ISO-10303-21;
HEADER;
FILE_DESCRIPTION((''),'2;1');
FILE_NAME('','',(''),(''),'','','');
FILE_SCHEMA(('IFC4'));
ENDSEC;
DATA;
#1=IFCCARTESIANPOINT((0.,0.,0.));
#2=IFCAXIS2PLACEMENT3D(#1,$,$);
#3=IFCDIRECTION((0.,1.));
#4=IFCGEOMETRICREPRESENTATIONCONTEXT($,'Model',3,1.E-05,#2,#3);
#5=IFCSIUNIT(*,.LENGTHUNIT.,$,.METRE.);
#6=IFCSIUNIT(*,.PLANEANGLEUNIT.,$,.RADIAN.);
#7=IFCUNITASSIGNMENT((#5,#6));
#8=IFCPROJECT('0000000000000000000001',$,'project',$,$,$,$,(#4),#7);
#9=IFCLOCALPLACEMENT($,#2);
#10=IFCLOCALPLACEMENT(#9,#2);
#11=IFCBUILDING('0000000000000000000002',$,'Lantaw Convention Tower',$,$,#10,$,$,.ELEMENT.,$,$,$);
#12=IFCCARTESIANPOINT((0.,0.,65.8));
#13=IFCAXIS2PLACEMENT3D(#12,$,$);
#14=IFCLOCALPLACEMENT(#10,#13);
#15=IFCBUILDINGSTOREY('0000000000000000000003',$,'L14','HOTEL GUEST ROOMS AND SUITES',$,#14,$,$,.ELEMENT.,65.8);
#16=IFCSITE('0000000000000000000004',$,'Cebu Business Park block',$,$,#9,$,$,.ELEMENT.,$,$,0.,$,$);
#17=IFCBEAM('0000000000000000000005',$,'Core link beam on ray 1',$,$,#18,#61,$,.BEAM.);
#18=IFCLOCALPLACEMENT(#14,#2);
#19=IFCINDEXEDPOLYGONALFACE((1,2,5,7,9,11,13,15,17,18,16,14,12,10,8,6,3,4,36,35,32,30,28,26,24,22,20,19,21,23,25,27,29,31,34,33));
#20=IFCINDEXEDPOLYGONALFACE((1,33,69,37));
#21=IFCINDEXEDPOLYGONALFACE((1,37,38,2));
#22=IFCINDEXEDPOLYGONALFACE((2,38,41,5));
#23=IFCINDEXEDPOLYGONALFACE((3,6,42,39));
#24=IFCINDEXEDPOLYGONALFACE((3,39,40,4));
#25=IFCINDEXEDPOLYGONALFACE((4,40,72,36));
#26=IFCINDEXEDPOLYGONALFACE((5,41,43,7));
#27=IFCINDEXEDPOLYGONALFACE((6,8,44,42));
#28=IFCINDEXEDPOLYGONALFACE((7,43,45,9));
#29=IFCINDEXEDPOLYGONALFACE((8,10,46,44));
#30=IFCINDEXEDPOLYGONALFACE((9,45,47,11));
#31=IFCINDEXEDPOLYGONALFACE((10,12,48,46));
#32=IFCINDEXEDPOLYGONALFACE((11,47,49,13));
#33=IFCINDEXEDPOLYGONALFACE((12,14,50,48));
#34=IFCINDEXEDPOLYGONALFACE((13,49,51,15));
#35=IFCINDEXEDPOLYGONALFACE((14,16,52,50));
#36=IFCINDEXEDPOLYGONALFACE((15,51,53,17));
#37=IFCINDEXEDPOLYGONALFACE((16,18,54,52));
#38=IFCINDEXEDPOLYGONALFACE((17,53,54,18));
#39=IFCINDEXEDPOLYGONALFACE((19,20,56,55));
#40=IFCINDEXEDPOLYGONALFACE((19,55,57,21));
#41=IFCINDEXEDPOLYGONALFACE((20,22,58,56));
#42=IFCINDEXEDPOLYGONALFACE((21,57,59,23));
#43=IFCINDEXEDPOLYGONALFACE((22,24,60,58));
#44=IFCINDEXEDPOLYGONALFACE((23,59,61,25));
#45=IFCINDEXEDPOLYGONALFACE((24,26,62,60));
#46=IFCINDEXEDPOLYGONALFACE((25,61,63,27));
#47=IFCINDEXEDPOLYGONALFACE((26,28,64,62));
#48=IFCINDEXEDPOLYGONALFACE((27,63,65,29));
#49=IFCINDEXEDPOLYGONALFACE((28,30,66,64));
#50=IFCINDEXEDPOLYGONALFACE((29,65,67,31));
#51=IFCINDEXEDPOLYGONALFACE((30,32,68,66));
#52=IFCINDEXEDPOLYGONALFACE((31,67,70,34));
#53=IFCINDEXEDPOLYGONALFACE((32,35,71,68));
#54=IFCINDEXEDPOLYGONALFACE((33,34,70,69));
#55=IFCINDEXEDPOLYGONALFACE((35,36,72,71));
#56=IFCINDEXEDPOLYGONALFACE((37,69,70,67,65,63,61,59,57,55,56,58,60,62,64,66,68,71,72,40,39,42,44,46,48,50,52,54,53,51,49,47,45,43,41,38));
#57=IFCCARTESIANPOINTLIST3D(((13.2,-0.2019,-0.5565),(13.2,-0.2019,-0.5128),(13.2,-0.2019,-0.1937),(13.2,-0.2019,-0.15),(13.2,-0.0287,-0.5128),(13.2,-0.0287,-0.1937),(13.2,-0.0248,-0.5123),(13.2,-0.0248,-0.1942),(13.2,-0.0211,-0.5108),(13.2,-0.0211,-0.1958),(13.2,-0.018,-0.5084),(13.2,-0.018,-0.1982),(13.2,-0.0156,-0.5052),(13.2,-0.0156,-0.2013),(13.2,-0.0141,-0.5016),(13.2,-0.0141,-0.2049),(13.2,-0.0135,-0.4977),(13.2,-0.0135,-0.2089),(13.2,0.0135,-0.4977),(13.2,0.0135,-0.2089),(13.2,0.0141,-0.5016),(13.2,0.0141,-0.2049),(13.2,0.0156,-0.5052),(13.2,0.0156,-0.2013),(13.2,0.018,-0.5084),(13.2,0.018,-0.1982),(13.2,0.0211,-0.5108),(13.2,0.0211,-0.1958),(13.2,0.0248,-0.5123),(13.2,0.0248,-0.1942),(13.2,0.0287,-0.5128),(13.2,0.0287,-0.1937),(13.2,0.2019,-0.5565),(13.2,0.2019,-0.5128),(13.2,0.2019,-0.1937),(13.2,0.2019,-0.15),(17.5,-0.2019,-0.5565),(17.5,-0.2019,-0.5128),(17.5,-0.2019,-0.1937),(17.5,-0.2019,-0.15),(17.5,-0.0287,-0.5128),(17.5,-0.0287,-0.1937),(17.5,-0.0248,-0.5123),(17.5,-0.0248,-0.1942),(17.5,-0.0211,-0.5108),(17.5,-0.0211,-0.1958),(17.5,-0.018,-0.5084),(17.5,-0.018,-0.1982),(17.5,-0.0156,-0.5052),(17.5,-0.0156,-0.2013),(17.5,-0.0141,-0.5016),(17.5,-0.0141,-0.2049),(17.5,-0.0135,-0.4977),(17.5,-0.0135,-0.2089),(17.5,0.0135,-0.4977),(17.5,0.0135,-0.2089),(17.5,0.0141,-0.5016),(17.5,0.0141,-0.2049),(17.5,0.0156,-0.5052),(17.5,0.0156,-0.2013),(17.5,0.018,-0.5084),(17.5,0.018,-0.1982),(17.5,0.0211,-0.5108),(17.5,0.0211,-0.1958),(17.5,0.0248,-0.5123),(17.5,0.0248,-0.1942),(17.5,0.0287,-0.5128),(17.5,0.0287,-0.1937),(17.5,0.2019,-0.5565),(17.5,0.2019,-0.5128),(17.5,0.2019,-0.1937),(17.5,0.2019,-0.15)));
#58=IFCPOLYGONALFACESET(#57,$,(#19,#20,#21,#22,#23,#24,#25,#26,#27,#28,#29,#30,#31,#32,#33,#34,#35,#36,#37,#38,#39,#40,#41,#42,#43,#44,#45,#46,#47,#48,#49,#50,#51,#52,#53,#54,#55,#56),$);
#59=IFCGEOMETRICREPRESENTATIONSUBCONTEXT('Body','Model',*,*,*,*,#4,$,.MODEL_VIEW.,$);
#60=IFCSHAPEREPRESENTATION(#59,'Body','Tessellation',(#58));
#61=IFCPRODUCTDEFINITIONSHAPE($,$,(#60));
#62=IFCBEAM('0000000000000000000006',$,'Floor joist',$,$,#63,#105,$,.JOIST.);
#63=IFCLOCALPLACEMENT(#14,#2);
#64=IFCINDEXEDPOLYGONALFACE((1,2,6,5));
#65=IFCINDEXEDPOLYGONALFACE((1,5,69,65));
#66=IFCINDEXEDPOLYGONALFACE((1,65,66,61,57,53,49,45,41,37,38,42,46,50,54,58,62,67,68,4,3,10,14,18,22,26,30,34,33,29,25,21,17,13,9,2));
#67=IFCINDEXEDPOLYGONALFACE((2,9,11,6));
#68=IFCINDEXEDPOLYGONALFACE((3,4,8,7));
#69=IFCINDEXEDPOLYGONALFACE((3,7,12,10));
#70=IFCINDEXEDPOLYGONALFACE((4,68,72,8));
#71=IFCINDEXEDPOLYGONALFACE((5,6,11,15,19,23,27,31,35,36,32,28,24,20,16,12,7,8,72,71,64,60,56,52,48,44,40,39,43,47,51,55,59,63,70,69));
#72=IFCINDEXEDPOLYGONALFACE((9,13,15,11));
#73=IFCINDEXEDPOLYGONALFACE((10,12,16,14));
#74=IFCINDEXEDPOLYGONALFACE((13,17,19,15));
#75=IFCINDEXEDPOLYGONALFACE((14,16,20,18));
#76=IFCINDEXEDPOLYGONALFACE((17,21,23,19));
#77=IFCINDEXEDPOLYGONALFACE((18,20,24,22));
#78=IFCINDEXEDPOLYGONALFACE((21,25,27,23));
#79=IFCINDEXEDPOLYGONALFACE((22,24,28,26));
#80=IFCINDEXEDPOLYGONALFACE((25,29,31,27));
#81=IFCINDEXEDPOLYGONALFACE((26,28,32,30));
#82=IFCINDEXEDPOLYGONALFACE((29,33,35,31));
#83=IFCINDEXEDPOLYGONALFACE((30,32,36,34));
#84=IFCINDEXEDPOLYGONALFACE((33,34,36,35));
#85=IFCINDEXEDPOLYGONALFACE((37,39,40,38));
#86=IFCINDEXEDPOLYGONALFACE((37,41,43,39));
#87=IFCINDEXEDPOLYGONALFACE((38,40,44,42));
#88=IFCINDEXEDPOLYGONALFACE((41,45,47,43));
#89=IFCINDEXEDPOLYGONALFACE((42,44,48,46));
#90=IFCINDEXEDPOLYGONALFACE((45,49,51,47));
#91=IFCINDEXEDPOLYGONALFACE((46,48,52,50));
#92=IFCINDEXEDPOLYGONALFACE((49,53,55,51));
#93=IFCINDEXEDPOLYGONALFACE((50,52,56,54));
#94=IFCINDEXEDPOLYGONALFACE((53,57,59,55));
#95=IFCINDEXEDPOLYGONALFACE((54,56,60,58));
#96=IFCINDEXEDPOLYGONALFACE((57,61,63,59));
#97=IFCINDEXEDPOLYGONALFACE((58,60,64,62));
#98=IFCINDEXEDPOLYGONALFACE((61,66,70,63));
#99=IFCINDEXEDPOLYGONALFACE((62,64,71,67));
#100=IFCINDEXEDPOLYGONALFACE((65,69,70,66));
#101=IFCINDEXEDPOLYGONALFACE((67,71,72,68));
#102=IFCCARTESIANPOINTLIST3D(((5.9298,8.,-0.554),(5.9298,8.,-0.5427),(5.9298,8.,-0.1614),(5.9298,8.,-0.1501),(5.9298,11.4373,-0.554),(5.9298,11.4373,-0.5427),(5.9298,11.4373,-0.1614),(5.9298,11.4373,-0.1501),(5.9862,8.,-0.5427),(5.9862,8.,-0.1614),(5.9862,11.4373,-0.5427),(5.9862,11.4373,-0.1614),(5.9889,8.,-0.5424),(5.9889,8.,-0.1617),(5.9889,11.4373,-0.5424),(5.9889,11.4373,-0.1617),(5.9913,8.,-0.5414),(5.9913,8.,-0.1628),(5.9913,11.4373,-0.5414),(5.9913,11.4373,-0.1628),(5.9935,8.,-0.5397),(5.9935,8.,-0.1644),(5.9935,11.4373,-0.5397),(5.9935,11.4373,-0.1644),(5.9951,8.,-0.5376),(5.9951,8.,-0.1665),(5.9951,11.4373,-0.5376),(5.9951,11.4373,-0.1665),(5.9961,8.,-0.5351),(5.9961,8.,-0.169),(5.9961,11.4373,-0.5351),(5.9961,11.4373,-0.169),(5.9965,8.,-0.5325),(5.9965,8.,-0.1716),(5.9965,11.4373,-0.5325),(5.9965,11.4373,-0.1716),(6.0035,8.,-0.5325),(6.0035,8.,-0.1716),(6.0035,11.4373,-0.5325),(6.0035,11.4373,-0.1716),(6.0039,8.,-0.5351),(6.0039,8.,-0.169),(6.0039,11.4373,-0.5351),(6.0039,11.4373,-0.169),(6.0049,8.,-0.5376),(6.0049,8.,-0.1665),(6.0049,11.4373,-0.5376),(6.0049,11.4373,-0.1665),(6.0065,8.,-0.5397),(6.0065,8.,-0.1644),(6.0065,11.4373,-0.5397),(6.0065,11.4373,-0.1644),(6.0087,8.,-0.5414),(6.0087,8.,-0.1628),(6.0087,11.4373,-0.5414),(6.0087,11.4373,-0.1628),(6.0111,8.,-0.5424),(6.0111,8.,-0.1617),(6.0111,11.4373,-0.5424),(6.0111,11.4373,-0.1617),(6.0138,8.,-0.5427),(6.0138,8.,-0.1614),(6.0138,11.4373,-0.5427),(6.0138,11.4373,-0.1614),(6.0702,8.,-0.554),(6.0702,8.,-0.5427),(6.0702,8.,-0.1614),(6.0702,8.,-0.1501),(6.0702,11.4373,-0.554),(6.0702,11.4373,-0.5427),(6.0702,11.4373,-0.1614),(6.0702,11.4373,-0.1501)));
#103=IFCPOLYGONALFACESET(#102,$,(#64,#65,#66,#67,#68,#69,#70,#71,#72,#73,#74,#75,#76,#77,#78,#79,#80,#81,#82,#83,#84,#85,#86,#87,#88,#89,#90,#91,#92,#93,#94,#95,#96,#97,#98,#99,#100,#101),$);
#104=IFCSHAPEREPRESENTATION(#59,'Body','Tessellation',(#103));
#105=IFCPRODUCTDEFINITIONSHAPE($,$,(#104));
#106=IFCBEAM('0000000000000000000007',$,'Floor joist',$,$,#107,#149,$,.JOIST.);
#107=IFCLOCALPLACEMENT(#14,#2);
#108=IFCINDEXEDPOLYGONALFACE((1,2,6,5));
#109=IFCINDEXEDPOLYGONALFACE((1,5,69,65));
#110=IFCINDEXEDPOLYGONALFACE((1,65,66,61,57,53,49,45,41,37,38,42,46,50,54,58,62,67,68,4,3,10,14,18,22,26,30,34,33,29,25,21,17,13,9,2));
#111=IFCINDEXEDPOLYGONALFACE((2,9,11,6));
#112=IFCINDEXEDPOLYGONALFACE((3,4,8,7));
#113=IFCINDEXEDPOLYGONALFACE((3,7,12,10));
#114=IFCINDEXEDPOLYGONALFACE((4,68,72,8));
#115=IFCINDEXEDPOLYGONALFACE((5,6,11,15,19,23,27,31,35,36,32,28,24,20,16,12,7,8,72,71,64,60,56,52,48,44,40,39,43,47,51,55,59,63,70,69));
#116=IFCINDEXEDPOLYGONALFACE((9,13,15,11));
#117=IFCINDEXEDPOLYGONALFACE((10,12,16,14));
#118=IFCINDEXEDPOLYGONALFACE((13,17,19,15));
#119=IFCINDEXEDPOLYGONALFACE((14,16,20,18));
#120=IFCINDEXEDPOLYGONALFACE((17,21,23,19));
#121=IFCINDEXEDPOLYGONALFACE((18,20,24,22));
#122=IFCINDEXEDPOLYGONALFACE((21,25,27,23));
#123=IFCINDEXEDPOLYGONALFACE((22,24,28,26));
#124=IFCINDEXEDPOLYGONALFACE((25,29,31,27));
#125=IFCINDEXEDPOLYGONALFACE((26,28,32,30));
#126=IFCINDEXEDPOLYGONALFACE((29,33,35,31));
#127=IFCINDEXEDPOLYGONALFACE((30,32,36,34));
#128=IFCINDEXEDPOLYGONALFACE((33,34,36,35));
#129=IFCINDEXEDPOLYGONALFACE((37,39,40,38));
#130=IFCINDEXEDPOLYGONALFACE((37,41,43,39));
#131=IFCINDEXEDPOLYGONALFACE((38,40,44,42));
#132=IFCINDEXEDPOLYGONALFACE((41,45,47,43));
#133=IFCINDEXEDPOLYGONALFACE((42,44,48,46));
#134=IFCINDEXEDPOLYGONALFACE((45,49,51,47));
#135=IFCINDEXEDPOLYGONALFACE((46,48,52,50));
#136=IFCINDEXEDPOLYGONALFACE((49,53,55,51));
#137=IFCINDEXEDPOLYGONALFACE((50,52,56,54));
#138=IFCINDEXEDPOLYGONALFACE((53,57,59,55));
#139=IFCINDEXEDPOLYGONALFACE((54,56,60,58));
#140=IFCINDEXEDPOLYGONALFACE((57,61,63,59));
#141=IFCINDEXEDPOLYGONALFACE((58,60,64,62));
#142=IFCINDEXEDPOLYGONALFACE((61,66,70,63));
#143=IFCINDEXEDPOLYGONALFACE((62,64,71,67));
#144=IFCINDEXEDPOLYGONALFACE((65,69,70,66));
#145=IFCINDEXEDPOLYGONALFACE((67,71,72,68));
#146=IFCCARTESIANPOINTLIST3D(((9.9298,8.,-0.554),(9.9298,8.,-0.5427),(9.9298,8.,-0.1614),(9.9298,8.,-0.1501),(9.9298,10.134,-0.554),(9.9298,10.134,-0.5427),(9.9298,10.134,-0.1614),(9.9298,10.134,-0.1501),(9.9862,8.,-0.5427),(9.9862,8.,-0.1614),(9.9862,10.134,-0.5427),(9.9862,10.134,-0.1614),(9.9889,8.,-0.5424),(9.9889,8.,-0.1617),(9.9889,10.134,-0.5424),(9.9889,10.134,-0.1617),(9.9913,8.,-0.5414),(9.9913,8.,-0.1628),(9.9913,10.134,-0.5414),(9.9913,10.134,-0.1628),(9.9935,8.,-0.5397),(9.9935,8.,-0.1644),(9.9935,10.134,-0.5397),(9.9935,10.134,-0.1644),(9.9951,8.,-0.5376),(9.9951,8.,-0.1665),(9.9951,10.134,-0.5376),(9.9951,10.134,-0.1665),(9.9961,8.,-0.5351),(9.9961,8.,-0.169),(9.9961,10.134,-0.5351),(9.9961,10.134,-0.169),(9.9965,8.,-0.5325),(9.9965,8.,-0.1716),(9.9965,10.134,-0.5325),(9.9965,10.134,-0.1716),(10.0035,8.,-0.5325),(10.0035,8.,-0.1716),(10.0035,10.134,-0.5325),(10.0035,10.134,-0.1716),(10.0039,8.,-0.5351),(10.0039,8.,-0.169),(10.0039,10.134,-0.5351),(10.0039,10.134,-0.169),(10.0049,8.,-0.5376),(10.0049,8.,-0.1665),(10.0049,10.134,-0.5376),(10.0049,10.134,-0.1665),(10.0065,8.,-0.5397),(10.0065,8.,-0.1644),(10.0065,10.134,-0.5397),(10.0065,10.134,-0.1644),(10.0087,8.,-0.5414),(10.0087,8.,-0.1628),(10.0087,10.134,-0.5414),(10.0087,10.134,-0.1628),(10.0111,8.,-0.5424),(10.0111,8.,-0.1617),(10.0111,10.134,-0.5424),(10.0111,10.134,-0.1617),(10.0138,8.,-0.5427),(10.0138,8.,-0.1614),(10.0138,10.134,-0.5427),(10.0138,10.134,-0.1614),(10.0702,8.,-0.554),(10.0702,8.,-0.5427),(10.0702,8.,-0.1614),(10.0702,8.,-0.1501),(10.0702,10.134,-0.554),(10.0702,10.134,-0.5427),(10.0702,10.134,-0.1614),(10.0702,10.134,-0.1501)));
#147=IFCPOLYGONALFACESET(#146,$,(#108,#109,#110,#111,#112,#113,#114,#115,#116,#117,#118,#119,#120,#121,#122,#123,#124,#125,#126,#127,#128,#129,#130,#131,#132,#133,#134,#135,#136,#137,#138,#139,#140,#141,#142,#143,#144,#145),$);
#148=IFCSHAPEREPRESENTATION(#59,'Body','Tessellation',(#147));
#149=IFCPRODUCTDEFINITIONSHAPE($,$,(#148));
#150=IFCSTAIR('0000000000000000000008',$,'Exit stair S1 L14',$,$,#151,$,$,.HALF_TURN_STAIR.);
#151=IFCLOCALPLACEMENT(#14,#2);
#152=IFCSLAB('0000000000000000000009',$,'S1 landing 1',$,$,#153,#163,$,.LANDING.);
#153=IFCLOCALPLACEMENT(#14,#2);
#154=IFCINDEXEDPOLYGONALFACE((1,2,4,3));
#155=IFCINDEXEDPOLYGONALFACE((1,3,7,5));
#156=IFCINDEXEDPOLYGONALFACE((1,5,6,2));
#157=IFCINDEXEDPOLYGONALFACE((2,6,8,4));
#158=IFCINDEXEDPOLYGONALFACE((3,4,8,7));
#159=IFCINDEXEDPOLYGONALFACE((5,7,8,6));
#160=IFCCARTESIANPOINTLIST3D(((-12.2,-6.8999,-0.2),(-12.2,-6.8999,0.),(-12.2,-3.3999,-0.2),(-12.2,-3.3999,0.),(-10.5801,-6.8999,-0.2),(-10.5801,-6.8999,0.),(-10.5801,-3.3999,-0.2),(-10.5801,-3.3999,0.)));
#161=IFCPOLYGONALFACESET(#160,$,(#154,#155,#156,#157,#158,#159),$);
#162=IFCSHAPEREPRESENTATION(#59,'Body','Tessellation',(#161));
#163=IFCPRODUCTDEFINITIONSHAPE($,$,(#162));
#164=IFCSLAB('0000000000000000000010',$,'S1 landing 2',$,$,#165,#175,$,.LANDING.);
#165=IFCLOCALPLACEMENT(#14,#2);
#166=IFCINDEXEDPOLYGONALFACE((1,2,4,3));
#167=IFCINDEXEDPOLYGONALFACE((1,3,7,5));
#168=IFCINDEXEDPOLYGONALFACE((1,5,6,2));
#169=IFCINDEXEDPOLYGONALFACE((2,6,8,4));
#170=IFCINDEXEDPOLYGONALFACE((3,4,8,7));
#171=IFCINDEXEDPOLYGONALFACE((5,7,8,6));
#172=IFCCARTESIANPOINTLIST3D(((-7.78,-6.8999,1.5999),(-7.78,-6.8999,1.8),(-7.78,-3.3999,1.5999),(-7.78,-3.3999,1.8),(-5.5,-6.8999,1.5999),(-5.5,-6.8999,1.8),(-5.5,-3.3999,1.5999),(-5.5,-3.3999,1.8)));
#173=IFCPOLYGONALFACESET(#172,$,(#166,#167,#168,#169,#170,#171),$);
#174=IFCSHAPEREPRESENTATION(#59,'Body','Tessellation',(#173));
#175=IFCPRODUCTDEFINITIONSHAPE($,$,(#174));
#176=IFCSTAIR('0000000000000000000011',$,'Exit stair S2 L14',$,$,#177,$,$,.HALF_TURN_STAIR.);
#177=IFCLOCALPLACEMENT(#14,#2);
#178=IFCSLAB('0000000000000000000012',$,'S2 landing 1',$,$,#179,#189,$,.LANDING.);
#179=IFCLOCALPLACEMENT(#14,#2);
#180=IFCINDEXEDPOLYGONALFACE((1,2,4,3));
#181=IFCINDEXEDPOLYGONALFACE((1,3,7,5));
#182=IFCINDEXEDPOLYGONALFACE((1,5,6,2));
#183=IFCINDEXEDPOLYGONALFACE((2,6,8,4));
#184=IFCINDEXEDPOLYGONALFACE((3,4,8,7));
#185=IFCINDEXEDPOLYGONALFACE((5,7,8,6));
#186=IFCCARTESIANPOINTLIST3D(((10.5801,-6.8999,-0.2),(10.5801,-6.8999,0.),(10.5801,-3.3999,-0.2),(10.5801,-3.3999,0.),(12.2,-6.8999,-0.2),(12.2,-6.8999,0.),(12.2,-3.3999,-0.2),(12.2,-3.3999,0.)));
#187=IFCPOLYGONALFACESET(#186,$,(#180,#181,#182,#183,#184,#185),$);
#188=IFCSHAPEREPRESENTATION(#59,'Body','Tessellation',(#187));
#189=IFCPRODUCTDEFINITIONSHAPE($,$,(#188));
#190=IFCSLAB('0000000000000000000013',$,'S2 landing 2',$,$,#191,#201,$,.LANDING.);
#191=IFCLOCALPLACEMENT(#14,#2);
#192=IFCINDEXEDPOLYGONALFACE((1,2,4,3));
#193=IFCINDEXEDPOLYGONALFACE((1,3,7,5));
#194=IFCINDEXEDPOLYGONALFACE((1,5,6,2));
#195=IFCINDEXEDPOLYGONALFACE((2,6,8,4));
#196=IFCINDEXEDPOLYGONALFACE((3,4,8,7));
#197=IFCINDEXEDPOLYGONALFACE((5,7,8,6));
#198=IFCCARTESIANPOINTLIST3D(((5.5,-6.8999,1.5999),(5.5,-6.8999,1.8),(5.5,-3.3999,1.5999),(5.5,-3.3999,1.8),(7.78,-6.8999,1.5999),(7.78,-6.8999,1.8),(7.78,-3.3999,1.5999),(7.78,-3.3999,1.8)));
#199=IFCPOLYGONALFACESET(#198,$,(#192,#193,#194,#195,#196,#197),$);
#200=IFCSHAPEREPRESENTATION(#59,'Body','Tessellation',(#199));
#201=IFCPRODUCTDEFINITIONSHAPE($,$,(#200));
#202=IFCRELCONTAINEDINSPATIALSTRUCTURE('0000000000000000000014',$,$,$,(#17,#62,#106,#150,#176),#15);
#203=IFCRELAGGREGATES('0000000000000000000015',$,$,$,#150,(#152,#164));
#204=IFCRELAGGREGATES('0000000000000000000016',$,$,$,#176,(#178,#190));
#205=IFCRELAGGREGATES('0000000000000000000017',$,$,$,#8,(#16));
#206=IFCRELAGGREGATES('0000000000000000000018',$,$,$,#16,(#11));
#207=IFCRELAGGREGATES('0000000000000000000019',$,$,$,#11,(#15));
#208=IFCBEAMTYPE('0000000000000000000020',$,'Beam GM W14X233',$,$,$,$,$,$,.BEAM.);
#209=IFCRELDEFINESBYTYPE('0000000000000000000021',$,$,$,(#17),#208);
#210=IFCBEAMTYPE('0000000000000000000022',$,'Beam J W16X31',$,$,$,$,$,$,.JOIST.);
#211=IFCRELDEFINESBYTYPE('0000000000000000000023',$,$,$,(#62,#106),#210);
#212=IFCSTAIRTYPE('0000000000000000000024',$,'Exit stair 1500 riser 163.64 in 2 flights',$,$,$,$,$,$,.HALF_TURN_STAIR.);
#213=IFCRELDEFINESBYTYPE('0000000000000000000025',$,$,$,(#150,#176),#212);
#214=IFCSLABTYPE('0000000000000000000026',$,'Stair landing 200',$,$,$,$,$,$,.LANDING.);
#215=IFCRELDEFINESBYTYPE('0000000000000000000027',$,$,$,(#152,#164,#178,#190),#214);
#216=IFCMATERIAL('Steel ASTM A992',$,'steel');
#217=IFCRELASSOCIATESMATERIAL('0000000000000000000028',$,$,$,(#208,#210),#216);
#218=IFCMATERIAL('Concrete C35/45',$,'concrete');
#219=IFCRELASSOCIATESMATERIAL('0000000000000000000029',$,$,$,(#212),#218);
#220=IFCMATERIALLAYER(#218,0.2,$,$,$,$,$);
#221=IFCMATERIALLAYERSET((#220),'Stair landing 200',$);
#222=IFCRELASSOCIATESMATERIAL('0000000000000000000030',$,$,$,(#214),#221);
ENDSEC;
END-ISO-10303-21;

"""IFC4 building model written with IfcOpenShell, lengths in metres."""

from ifc_helpers import new_model, si_unit, direction, frame, origin, origin_2d, place, context, subcontext, project, spatial, polyline, i_section, outline, extrude, material, layer, layer_set, material_profile, profile_set, type_object, element, aggregate, save


model = new_model("IFC4")

# Units and contexts
model_context = context("Model", 3, precision=1e-05, world=origin(), true_north=direction((0.0, 1.0)))
body_context = subcontext(model_context, "Body", "Model", "MODEL_VIEW")
ifc_project = project(units=[si_unit("LENGTHUNIT", "METRE"), si_unit("PLANEANGLEUNIT", "RADIAN")], contexts=[model_context])

# Site, building, storey
site_placement = place(None, origin())
site = spatial("IfcSite", under=ifc_project, at=site_placement, Name="Cebu Business Park block", CompositionType="ELEMENT", RefElevation=0.0)
building_placement = place(site_placement, origin())
building = spatial("IfcBuilding", under=site, at=building_placement, Name="Lantaw Convention Tower", CompositionType="ELEMENT")
storey_placement = place(building_placement, frame((0.0, 0.0, 65.8)))
storey = spatial("IfcBuildingStorey", under=building, at=storey_placement, Name="L14", Description="HOTEL GUEST ROOMS AND SUITES", CompositionType="ELEMENT", Elevation=65.8)

# Beams
ifc_material_1 = material(Name="Steel ASTM A992", Category="steel")
ifc_material_profile_1 = material_profile(ifc_material_1, i_section(OverallWidth=0.4038, OverallDepth=0.4065, WebThickness=0.0271, FlangeThickness=0.0437, FilletRadius=0.0151, at=origin_2d()), Name="W14X233")
ifc_profile_set_1 = profile_set([ifc_material_profile_1], Name="Steel ASTM A992")
beam_type_1 = type_object("IfcBeamType", Name="Beam GM W14X233", PredefinedType="BEAM", material=ifc_profile_set_1)
beam_1_placement = place(storey_placement, frame((13.2, 0.0, -0.3533), z_axis=(1.0, 0.0, 0.0), x_axis=(0.0, 1.0, 0.0)))
element("IfcBeam", 1, at=beam_1_placement, inside=storey, type_object=beam_type_1, Name="Core link beam on ray 1", PredefinedType="BEAM", context=body_context, shape_type="SweptSolid", body=[
    extrude(i_section(OverallWidth=0.4038, OverallDepth=0.4065, WebThickness=0.0271, FlangeThickness=0.0437, FilletRadius=0.0151, at=origin_2d()), origin(), (0.0, 0.0, 1.0), 4.3),
])
ifc_material_profile_2 = material_profile(ifc_material_1, i_section(OverallWidth=0.1404, OverallDepth=0.4038, WebThickness=0.0071, FlangeThickness=0.0112, FilletRadius=0.0103, at=origin_2d()), Name="W16X31")
ifc_profile_set_2 = profile_set([ifc_material_profile_2], Name="Steel ASTM A992")
beam_type_2 = type_object("IfcBeamType", Name="Beam J W16X31", PredefinedType="JOIST", material=ifc_profile_set_2)
beam_2_placement = place(storey_placement, frame((6.0, 8.0, -0.3521), z_axis=(0.0, 1.0, 0.0), x_axis=(-1.0, 0.0, 0.0)))
element("IfcBeam", 2, at=beam_2_placement, inside=storey, type_object=beam_type_2, Name="Floor joist", PredefinedType="JOIST", context=body_context, shape_type="SweptSolid", body=[
    extrude(i_section(OverallWidth=0.1404, OverallDepth=0.4038, WebThickness=0.0071, FlangeThickness=0.0112, FilletRadius=0.0103, at=origin_2d()), origin(), (0.0, 0.0, 1.0), 3.4373),
])
beam_3_placement = place(storey_placement, frame((10.0, 8.0, -0.3521), z_axis=(0.0, 1.0, 0.0), x_axis=(-1.0, 0.0, 0.0)))
element("IfcBeam", 3, at=beam_3_placement, inside=storey, type_object=beam_type_2, Name="Floor joist", PredefinedType="JOIST", context=body_context, shape_type="SweptSolid", body=[
    extrude(i_section(OverallWidth=0.1404, OverallDepth=0.4038, WebThickness=0.0071, FlangeThickness=0.0112, FilletRadius=0.0103, at=origin_2d()), origin(), (0.0, 0.0, 1.0), 2.134),
])

# Stairs, slabs
ifc_material_2 = material(Name="Concrete C35/45", Category="concrete")
stair_type = type_object("IfcStairType", Name="Exit stair 1500 riser 163.64 in 2 flights", PredefinedType="HALF_TURN_STAIR", material=ifc_material_2)
stair_1_placement = place(storey_placement, origin())
stair_1 = element("IfcStair", 4, at=stair_1_placement, inside=storey, type_object=stair_type, Name="Exit stair S1 L14", PredefinedType="HALF_TURN_STAIR")
ifc_layer_1 = layer(ifc_material_2, 0.2)
ifc_layer_set_1 = layer_set([ifc_layer_1], Name="Stair landing 200")
slab_type = type_object("IfcSlabType", Name="Stair landing 200", PredefinedType="LANDING", material=ifc_layer_set_1)
slab_1_placement = place(storey_placement, frame((0.0, 0.0, -0.2)))
slab_1 = element("IfcSlab", 5, at=slab_1_placement, type_object=slab_type, Name="S1 landing 1", PredefinedType="LANDING", context=body_context, shape_type="SweptSolid", body=[
    extrude(outline(polyline([(-12.2, -6.8999), (-10.5801, -6.8999), (-10.5801, -3.3999), (-12.2, -3.3999), (-12.2, -6.8999)])), origin(), (0.0, 0.0, 1.0), 0.2),
])
slab_2_placement = place(storey_placement, frame((0.0, 0.0, 1.5999)))
slab_2 = element("IfcSlab", 6, at=slab_2_placement, type_object=slab_type, Name="S1 landing 2", PredefinedType="LANDING", context=body_context, shape_type="SweptSolid", body=[
    extrude(outline(polyline([(-7.78, -6.8999), (-5.5, -6.8999), (-5.5, -3.3999), (-7.78, -3.3999), (-7.78, -6.8999)])), origin(), (0.0, 0.0, 1.0), 0.2002),
])
aggregate(stair_1, [slab_1, slab_2])
stair_2_placement = place(storey_placement, origin())
stair_2 = element("IfcStair", 7, at=stair_2_placement, inside=storey, type_object=stair_type, Name="Exit stair S2 L14", PredefinedType="HALF_TURN_STAIR")
slab_3_placement = place(storey_placement, frame((0.0, 0.0, -0.2)))
slab_3 = element("IfcSlab", 8, at=slab_3_placement, type_object=slab_type, Name="S2 landing 1", PredefinedType="LANDING", context=body_context, shape_type="SweptSolid", body=[
    extrude(outline(polyline([(10.5801, -6.8999), (12.2, -6.8999), (12.2, -3.3999), (10.5801, -3.3999), (10.5801, -6.8999)])), origin(), (0.0, 0.0, 1.0), 0.2),
])
slab_4_placement = place(storey_placement, frame((0.0, 0.0, 1.5999)))
slab_4 = element("IfcSlab", 9, at=slab_4_placement, type_object=slab_type, Name="S2 landing 2", PredefinedType="LANDING", context=body_context, shape_type="SweptSolid", body=[
    extrude(outline(polyline([(5.5, -6.8999), (7.78, -6.8999), (7.78, -3.3999), (5.5, -3.3999), (5.5, -6.8999)])), origin(), (0.0, 0.0, 1.0), 0.2002),
])
aggregate(stair_2, [slab_3, slab_4])

save(model, "model.ifc")
